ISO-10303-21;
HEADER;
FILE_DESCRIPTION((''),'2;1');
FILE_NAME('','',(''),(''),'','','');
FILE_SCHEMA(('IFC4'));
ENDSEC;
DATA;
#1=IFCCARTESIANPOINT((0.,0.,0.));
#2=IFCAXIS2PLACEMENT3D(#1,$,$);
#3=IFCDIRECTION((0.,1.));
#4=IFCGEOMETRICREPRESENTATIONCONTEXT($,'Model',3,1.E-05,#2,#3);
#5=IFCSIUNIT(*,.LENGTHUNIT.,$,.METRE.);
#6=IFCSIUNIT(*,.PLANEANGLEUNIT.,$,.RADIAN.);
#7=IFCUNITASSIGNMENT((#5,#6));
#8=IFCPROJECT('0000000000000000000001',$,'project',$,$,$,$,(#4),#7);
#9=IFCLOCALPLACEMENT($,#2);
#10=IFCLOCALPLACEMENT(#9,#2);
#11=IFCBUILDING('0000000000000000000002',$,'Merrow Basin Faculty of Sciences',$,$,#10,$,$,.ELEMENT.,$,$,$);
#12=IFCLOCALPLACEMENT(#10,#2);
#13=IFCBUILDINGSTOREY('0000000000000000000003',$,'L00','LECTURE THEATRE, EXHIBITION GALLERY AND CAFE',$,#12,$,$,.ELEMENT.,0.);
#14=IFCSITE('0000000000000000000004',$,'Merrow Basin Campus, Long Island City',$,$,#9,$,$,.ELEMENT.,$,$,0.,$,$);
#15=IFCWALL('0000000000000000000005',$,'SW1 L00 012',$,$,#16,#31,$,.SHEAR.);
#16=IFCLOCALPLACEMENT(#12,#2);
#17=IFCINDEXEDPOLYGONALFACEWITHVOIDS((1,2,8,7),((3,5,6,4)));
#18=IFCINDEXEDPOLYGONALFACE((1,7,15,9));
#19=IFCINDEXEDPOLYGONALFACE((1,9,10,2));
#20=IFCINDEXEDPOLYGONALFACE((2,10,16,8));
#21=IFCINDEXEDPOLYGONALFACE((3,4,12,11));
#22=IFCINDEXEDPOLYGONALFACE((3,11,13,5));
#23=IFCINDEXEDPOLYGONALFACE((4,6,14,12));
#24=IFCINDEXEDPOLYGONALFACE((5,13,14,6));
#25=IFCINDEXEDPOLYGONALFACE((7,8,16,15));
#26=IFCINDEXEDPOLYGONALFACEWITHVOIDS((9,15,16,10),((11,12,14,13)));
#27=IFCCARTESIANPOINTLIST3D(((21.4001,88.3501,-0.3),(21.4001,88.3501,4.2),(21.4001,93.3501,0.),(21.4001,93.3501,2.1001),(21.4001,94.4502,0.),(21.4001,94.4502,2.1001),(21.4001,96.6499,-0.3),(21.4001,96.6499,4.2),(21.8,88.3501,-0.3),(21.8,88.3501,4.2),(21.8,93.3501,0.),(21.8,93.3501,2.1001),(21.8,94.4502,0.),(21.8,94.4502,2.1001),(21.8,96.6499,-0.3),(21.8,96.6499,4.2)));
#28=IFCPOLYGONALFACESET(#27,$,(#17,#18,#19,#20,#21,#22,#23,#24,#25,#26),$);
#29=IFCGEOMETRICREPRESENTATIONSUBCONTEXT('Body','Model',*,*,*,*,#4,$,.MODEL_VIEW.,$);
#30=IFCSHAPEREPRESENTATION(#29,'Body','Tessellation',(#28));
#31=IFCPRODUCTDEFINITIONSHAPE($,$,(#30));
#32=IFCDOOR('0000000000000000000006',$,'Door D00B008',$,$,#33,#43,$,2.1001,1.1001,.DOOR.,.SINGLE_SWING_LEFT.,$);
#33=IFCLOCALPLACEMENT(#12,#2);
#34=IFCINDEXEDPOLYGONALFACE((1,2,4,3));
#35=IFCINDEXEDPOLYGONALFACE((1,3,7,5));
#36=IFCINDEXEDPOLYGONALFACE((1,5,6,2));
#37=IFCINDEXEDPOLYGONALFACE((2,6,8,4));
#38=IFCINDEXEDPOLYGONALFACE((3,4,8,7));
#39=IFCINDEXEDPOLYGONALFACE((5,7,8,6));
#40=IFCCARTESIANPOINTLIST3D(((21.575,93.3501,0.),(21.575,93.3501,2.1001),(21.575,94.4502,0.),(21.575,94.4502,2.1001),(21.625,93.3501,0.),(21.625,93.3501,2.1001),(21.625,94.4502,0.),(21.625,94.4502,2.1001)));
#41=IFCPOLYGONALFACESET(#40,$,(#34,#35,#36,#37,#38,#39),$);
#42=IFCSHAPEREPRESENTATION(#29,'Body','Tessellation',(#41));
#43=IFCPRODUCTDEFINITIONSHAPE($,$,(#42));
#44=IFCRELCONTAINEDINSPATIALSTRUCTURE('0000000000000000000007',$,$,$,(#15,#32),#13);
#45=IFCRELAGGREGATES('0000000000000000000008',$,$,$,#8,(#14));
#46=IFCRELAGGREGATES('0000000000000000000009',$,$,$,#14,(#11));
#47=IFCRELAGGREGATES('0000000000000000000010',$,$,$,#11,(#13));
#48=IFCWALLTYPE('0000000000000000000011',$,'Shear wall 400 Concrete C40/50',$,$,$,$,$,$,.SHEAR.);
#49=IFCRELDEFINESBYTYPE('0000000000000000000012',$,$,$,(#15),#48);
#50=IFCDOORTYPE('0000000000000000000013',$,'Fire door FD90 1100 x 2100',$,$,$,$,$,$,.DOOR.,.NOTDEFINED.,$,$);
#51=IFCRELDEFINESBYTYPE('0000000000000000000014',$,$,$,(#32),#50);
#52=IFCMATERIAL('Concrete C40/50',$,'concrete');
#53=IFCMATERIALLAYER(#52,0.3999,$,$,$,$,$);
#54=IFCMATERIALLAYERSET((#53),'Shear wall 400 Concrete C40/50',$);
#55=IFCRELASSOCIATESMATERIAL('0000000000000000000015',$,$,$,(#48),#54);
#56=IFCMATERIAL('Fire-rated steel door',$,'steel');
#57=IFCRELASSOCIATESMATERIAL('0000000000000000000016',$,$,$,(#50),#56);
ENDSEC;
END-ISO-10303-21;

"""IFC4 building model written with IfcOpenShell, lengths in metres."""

from ifc_helpers import new_model, si_unit, direction, frame, frame_2d, origin, place, context, subcontext, project, spatial, rectangle, extrude, material, layer, layer_set, type_object, element, fill, save


model = new_model("IFC4")

# Units and contexts
model_context = context("Model", 3, precision=1e-05, world=origin(), true_north=direction((0.0, 1.0)))
body_context = subcontext(model_context, "Body", "Model", "MODEL_VIEW")
ifc_project = project(units=[si_unit("LENGTHUNIT", "METRE"), si_unit("PLANEANGLEUNIT", "RADIAN")], contexts=[model_context])

# Site, building, storey
site_placement = place(None, origin())
site = spatial("IfcSite", under=ifc_project, at=site_placement, Name="Merrow Basin Campus, Long Island City", CompositionType="ELEMENT", RefElevation=0.0)
building_placement = place(site_placement, origin())
building = spatial("IfcBuilding", under=site, at=building_placement, Name="Merrow Basin Faculty of Sciences", CompositionType="ELEMENT")
storey_placement = place(building_placement, origin())
storey = spatial("IfcBuildingStorey", under=building, at=storey_placement, Name="L00", Description="LECTURE THEATRE, EXHIBITION GALLERY AND CAFE", CompositionType="ELEMENT", Elevation=0.0)

# Wall, opening, door
ifc_material_1 = material(Name="Concrete C40/50", Category="concrete")
ifc_layer = layer(ifc_material_1, 0.3999)
ifc_layer_set = layer_set([ifc_layer], Name="Shear wall 400 Concrete C40/50")
wall_type = type_object("IfcWallType", Name="Shear wall 400 Concrete C40/50", PredefinedType="SHEAR", material=ifc_layer_set)
wall_placement = place(storey_placement, frame((21.6001, 88.3501, -0.3), z_axis=(0.0, 0.0, 1.0), x_axis=(0.0, 1.0, 0.0)))
wall = element("IfcWall", 1, at=wall_placement, inside=storey, type_object=wall_type, Name="SW1 L00 012", PredefinedType="SHEAR", context=body_context, shape_type="SweptSolid", body=[
    extrude(rectangle(XDim=8.2998, YDim=0.3999, at=frame_2d((4.1499, 0.0))), origin(), (0.0, 0.0, 1.0), 4.5),
])
opening_placement = place(wall_placement, frame((5.0, 0.0, 0.3)))
opening = element("IfcOpeningElement", 2, at=opening_placement, cuts=wall, PredefinedType="OPENING", context=body_context, shape_type="SweptSolid", body=[
    extrude(rectangle(XDim=1.1001, YDim=2.1001, at=frame_2d((0.55, 1.05))), frame((0.0, 0.21, 0.0), z_axis=(0.0, -1.0, 0.0), x_axis=(1.0, 0.0, 0.0)), (0.0, 0.0, 1.0), 0.4199),
])
ifc_material_2 = material(Name="Fire-rated steel door", Category="steel")
door_type = type_object("IfcDoorType", Name="Fire door FD90 1100 x 2100", OperationType="NOTDEFINED", PredefinedType="DOOR", material=ifc_material_2)
door_placement = place(opening_placement, frame((1.1001, 0.0, 0.0), z_axis=(0.0, 0.0, 1.0), x_axis=(-1.0, 0.0, 0.0)))
door = element("IfcDoor", 3, at=door_placement, inside=storey, type_object=door_type, Name="Door D00B008", OperationType="SINGLE_SWING_LEFT", OverallHeight=2.1001, OverallWidth=1.1001, PredefinedType="DOOR", context=body_context, shape_type="SweptSolid", body=[
    extrude(rectangle(XDim=1.1001, YDim=2.1001, at=frame_2d((0.55, 1.05))), frame((0.0, 0.0249, 0.0), z_axis=(0.0, -1.0, 0.0), x_axis=(1.0, 0.0, 0.0)), (0.0, 0.0, 1.0), 0.05),
])
fill(opening, door)

save(model, "model.ifc")
